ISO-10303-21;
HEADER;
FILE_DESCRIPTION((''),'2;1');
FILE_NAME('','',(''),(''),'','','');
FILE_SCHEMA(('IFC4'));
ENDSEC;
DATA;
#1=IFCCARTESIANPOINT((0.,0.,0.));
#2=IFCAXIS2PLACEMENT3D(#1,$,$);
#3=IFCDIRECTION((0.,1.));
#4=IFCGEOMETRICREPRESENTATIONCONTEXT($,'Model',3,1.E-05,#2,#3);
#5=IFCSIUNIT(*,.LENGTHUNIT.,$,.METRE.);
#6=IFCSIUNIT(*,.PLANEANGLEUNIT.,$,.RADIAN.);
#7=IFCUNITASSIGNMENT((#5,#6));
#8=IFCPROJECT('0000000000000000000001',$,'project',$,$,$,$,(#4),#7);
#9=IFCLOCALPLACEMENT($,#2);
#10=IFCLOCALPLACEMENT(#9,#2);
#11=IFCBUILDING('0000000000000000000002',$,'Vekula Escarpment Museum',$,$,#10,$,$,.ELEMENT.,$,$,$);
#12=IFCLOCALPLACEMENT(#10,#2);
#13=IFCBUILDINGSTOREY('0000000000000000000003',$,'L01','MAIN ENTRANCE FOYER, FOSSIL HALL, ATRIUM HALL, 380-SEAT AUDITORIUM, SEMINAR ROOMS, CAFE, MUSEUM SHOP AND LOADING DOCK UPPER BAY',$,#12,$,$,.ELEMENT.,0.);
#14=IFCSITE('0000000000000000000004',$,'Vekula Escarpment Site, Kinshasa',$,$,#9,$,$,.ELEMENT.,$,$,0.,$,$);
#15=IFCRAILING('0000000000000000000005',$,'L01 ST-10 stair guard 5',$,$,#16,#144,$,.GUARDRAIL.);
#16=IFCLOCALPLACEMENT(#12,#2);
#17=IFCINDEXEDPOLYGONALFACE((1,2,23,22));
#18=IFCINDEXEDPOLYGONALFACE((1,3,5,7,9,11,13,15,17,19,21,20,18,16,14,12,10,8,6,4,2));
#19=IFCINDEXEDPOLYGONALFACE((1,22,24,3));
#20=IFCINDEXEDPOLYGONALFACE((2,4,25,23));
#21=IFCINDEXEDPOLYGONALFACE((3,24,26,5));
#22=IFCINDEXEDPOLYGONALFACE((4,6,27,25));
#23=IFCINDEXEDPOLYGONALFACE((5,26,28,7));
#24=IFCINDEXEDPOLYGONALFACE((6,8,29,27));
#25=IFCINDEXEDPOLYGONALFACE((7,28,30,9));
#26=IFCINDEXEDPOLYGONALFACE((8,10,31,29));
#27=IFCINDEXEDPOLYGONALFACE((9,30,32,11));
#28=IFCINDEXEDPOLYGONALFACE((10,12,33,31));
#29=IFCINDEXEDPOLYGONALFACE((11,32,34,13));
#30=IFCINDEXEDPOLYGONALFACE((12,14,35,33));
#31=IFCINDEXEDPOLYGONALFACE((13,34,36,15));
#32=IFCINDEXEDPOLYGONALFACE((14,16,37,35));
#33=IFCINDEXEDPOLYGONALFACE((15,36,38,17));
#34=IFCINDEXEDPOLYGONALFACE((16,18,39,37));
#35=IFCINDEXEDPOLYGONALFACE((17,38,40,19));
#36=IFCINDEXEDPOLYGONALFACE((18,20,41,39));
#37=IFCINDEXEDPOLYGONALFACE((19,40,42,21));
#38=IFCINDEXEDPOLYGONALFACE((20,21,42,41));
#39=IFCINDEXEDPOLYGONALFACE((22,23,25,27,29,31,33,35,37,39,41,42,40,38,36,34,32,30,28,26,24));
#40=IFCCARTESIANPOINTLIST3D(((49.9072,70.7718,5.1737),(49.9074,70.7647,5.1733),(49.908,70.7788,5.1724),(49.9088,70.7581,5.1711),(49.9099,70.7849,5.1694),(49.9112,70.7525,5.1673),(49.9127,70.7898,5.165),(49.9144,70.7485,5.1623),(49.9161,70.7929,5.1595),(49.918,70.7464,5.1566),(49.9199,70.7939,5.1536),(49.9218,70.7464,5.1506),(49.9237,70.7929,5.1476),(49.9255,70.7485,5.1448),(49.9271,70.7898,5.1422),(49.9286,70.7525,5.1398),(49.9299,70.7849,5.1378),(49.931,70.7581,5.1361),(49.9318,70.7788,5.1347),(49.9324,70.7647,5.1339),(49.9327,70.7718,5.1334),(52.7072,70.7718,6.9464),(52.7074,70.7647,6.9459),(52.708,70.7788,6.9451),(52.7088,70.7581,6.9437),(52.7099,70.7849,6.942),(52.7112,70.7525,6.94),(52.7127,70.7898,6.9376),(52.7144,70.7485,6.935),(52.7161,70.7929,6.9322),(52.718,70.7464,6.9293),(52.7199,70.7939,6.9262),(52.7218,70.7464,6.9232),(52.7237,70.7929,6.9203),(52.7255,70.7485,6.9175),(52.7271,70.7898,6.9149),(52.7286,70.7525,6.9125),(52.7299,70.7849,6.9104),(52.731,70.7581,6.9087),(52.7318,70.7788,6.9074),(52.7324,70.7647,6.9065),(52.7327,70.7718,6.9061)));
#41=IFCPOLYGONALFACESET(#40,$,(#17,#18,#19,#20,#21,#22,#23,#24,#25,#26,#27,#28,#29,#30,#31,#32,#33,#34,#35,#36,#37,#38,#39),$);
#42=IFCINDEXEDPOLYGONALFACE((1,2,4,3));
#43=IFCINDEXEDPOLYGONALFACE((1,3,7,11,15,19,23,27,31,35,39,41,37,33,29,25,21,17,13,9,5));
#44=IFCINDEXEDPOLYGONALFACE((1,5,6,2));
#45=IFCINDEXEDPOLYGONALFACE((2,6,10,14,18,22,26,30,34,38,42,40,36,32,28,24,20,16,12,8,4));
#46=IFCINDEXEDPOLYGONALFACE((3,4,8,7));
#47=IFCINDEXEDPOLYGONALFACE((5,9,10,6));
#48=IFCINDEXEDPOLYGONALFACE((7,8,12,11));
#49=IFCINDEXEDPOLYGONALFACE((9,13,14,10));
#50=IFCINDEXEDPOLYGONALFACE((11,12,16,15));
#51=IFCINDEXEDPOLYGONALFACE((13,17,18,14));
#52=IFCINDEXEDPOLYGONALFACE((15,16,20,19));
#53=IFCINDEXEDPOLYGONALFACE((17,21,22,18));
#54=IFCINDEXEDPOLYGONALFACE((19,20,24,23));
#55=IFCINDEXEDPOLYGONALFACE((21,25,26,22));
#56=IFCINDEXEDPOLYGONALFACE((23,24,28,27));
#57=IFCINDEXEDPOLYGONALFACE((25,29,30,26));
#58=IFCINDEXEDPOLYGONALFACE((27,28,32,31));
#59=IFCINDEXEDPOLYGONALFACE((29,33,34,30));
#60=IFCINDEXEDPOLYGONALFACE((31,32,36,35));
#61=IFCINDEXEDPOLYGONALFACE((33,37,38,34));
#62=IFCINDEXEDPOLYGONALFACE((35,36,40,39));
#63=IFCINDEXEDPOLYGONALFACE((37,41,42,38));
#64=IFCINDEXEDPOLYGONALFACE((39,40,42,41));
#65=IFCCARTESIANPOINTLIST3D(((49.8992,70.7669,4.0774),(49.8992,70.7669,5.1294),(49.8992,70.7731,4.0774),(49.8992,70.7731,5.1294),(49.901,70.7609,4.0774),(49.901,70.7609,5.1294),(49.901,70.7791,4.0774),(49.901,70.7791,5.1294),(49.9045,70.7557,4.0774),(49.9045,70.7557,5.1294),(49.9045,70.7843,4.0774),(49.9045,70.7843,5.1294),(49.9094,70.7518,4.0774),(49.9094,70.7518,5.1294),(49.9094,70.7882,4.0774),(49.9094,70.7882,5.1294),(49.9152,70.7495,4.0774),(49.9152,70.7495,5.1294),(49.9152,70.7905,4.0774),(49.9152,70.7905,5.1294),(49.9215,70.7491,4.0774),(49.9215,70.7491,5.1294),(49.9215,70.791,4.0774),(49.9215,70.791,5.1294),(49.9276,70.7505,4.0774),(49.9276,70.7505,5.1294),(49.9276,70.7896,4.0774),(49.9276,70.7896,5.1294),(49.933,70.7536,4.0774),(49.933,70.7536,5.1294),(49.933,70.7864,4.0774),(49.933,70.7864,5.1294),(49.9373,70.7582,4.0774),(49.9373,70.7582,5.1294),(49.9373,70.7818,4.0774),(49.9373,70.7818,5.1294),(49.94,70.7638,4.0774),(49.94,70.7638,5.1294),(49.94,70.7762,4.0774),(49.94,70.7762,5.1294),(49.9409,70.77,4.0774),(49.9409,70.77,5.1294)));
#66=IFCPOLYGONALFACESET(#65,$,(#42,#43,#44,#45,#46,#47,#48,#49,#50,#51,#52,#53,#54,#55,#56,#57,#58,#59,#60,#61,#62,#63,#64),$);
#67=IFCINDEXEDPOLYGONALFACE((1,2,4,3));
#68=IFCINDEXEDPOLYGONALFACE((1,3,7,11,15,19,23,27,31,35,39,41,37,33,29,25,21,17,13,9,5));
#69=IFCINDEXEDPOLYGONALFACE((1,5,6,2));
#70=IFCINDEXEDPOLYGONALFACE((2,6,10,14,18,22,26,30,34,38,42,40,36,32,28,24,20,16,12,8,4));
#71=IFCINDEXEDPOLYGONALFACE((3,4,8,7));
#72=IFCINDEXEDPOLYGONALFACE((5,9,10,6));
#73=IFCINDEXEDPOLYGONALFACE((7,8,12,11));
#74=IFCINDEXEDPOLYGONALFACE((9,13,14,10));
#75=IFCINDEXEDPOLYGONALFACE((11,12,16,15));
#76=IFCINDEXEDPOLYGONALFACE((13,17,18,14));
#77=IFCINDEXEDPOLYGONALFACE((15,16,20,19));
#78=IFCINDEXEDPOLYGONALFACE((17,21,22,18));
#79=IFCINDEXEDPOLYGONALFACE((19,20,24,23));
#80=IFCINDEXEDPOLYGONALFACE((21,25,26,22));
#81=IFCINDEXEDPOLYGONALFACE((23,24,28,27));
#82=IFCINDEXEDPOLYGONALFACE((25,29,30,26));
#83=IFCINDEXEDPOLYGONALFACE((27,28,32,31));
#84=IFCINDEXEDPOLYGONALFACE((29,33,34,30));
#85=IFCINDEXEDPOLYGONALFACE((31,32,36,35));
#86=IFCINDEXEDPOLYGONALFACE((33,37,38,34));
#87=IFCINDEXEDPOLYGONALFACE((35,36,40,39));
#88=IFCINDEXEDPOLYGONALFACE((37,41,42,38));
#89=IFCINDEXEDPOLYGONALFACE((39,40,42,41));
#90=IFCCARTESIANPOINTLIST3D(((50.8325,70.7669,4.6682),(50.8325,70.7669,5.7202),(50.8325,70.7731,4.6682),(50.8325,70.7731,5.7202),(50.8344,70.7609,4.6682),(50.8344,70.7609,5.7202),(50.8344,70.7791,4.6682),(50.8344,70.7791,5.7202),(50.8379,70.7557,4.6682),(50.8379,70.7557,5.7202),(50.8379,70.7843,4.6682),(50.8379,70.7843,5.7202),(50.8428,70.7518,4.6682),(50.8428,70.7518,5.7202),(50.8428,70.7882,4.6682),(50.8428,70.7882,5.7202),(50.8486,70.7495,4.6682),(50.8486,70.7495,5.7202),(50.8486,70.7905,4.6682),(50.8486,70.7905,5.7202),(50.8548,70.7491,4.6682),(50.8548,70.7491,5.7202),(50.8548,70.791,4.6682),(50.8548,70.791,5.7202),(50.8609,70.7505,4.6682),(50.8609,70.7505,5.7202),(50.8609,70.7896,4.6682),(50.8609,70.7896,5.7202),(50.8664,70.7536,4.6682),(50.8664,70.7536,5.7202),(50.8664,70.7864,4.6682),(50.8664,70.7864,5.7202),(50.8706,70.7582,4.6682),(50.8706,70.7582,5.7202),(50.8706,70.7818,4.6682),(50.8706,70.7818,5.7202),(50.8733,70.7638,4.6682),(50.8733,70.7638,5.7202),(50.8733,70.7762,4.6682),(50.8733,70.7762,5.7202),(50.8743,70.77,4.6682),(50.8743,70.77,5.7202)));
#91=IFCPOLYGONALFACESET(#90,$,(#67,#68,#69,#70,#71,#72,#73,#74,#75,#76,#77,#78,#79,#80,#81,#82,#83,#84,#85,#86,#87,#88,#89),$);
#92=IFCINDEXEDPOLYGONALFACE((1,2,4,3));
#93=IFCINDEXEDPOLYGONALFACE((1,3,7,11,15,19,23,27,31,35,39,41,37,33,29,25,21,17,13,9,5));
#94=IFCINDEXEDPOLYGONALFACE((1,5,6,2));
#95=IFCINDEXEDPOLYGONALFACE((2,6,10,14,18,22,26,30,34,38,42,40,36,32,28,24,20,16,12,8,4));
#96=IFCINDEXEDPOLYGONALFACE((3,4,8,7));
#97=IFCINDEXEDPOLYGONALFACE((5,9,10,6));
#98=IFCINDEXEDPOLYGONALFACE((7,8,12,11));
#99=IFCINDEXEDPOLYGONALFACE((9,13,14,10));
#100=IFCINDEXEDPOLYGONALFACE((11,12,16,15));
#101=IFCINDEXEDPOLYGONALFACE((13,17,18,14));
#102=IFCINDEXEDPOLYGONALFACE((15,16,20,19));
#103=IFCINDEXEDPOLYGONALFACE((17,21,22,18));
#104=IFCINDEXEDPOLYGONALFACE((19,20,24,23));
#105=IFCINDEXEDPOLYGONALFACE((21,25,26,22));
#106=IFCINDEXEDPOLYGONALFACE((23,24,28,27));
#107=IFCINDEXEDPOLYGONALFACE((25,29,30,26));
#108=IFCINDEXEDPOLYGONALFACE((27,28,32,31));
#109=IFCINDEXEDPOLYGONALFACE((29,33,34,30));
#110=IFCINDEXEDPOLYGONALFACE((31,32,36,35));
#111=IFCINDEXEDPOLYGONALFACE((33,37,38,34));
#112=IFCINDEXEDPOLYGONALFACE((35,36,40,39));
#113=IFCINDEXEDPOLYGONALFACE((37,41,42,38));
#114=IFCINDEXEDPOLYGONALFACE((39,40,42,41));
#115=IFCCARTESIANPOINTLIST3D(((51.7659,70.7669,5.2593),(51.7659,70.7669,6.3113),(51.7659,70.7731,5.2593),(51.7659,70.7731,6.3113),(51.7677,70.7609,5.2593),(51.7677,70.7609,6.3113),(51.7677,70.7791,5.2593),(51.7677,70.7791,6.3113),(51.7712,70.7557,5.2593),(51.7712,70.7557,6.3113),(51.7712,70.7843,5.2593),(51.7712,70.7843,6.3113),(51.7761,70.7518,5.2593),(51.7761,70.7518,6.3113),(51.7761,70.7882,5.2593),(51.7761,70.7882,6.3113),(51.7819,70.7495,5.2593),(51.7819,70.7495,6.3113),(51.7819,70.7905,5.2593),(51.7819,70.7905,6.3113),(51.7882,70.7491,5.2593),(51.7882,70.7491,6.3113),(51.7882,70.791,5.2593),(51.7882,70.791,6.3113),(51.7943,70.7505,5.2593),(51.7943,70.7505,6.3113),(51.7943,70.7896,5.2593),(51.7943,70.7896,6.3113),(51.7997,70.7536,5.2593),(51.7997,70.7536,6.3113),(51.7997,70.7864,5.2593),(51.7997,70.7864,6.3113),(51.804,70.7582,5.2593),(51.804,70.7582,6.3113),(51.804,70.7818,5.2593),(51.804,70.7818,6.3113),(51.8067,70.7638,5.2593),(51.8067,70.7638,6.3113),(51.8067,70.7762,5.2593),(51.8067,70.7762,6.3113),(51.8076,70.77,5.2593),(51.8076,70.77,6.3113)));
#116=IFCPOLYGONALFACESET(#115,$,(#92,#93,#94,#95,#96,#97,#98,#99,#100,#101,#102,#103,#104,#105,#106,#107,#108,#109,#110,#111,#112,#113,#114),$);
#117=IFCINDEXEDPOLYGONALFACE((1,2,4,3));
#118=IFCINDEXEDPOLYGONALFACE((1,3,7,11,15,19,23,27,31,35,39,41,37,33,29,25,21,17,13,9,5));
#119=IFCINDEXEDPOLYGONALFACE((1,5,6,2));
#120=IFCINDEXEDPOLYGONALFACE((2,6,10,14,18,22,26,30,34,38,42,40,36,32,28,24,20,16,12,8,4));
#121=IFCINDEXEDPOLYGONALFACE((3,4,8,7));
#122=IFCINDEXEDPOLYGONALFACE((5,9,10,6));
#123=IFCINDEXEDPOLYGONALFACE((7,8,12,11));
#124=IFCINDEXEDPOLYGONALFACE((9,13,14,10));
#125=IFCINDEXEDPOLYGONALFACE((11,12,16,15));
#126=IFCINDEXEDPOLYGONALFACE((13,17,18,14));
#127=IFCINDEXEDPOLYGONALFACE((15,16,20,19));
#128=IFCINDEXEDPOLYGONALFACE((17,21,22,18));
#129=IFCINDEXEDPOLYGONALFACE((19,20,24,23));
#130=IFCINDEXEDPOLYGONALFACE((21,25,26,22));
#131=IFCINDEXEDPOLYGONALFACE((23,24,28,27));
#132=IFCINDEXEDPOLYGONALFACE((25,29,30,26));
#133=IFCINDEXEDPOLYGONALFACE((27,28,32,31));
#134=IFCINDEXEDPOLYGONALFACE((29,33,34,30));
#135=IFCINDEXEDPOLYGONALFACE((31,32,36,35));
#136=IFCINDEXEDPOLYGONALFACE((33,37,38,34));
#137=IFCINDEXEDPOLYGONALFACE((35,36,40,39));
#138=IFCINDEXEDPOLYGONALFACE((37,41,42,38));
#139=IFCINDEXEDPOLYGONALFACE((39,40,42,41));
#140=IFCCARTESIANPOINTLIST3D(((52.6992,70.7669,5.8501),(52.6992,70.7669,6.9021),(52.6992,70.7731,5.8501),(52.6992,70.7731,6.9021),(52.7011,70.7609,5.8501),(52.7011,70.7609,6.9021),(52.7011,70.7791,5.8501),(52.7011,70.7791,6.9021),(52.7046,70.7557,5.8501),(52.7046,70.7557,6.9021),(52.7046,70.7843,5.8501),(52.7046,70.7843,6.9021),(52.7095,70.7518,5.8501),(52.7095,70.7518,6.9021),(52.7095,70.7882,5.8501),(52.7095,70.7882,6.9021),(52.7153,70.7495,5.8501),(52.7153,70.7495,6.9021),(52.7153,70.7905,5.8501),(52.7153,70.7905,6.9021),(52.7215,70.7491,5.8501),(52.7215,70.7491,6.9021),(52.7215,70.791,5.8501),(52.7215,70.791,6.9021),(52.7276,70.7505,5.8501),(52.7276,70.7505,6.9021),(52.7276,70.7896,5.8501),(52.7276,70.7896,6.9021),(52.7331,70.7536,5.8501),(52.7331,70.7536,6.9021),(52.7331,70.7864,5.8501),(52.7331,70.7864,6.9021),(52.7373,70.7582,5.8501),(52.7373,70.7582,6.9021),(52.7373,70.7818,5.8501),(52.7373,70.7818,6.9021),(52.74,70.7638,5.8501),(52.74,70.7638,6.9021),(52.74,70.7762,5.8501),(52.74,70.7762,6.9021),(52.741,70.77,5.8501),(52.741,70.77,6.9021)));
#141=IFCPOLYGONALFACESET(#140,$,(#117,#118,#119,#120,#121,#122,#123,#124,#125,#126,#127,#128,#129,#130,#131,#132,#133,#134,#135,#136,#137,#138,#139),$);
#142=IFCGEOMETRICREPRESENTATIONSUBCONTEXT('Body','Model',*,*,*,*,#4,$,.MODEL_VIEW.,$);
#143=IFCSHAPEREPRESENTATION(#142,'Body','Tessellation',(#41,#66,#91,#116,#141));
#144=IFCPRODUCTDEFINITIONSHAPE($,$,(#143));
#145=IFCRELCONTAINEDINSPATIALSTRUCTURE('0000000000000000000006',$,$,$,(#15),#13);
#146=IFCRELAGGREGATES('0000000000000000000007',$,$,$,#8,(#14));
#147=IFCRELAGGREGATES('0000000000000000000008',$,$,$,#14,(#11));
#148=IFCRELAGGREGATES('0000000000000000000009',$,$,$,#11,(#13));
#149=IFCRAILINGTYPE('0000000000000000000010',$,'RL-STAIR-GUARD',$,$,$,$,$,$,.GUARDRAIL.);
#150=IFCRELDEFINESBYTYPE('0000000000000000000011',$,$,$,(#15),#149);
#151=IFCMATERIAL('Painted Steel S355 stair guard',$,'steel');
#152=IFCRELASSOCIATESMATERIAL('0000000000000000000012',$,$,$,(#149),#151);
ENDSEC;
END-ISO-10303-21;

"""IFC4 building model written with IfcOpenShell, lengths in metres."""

from ifc_helpers import new_model, si_unit, direction, frame, origin, origin_2d, place, context, subcontext, project, spatial, circle, extrude, material, type_object, element, save


model = new_model("IFC4")

# Units and contexts
model_context = context("Model", 3, precision=1e-05, world=origin(), true_north=direction((0.0, 1.0)))
body_context = subcontext(model_context, "Body", "Model", "MODEL_VIEW")
ifc_project = project(units=[si_unit("LENGTHUNIT", "METRE"), si_unit("PLANEANGLEUNIT", "RADIAN")], contexts=[model_context])

# Site, building, storey
site_placement = place(None, origin())
site = spatial("IfcSite", under=ifc_project, at=site_placement, Name="Vekula Escarpment Site, Kinshasa", CompositionType="ELEMENT", RefElevation=0.0)
building_placement = place(site_placement, origin())
building = spatial("IfcBuilding", under=site, at=building_placement, Name="Vekula Escarpment Museum", CompositionType="ELEMENT")
storey_placement = place(building_placement, origin())
storey = spatial("IfcBuildingStorey", under=building, at=storey_placement, Name="L01", Description="MAIN ENTRANCE FOYER, FOSSIL HALL, ATRIUM HALL, 380-SEAT AUDITORIUM, SEMINAR ROOMS, CAFE, MUSEUM SHOP AND LOADING DOCK UPPER BAY", CompositionType="ELEMENT", Elevation=0.0)

# Railing
ifc_material_1 = material(Name="Painted Steel S355 stair guard", Category="steel")
railing_type_1 = type_object("IfcRailingType", Name="RL-STAIR-GUARD", PredefinedType="GUARDRAIL", material=ifc_material_1)
railing_1_placement = place(storey_placement, frame((49.9199, 70.77, 4.0774)))
element("IfcRailing", 1, at=railing_1_placement, inside=storey, type_object=railing_type_1, Name="L01 ST-10 stair guard 5", PredefinedType="GUARDRAIL", context=body_context, shape_type="SweptSolid", body=[
    extrude(circle(Radius=0.0239, at=origin_2d()), frame((0.0, 0.0, 1.0762), z_axis=(0.844909, 0.0, 0.53491), x_axis=(0.0, 1.0, 0.0)), (0.0, 0.0, 1.0), 3.314),
    extrude(circle(Radius=0.021, at=origin_2d()), origin(), (0.0, 0.0, 1.0), 1.052),
    extrude(circle(Radius=0.021, at=origin_2d()), frame((0.9333, 0.0, 0.5908)), (0.0, 0.0, 1.0), 1.052),
    extrude(circle(Radius=0.021, at=origin_2d()), frame((1.8667, 0.0, 1.1819)), (0.0, 0.0, 1.0), 1.052),
    extrude(circle(Radius=0.021, at=origin_2d()), frame((2.8, 0.0, 1.7727)), (0.0, 0.0, 1.0), 1.052),
])

save(model, "model.ifc")
